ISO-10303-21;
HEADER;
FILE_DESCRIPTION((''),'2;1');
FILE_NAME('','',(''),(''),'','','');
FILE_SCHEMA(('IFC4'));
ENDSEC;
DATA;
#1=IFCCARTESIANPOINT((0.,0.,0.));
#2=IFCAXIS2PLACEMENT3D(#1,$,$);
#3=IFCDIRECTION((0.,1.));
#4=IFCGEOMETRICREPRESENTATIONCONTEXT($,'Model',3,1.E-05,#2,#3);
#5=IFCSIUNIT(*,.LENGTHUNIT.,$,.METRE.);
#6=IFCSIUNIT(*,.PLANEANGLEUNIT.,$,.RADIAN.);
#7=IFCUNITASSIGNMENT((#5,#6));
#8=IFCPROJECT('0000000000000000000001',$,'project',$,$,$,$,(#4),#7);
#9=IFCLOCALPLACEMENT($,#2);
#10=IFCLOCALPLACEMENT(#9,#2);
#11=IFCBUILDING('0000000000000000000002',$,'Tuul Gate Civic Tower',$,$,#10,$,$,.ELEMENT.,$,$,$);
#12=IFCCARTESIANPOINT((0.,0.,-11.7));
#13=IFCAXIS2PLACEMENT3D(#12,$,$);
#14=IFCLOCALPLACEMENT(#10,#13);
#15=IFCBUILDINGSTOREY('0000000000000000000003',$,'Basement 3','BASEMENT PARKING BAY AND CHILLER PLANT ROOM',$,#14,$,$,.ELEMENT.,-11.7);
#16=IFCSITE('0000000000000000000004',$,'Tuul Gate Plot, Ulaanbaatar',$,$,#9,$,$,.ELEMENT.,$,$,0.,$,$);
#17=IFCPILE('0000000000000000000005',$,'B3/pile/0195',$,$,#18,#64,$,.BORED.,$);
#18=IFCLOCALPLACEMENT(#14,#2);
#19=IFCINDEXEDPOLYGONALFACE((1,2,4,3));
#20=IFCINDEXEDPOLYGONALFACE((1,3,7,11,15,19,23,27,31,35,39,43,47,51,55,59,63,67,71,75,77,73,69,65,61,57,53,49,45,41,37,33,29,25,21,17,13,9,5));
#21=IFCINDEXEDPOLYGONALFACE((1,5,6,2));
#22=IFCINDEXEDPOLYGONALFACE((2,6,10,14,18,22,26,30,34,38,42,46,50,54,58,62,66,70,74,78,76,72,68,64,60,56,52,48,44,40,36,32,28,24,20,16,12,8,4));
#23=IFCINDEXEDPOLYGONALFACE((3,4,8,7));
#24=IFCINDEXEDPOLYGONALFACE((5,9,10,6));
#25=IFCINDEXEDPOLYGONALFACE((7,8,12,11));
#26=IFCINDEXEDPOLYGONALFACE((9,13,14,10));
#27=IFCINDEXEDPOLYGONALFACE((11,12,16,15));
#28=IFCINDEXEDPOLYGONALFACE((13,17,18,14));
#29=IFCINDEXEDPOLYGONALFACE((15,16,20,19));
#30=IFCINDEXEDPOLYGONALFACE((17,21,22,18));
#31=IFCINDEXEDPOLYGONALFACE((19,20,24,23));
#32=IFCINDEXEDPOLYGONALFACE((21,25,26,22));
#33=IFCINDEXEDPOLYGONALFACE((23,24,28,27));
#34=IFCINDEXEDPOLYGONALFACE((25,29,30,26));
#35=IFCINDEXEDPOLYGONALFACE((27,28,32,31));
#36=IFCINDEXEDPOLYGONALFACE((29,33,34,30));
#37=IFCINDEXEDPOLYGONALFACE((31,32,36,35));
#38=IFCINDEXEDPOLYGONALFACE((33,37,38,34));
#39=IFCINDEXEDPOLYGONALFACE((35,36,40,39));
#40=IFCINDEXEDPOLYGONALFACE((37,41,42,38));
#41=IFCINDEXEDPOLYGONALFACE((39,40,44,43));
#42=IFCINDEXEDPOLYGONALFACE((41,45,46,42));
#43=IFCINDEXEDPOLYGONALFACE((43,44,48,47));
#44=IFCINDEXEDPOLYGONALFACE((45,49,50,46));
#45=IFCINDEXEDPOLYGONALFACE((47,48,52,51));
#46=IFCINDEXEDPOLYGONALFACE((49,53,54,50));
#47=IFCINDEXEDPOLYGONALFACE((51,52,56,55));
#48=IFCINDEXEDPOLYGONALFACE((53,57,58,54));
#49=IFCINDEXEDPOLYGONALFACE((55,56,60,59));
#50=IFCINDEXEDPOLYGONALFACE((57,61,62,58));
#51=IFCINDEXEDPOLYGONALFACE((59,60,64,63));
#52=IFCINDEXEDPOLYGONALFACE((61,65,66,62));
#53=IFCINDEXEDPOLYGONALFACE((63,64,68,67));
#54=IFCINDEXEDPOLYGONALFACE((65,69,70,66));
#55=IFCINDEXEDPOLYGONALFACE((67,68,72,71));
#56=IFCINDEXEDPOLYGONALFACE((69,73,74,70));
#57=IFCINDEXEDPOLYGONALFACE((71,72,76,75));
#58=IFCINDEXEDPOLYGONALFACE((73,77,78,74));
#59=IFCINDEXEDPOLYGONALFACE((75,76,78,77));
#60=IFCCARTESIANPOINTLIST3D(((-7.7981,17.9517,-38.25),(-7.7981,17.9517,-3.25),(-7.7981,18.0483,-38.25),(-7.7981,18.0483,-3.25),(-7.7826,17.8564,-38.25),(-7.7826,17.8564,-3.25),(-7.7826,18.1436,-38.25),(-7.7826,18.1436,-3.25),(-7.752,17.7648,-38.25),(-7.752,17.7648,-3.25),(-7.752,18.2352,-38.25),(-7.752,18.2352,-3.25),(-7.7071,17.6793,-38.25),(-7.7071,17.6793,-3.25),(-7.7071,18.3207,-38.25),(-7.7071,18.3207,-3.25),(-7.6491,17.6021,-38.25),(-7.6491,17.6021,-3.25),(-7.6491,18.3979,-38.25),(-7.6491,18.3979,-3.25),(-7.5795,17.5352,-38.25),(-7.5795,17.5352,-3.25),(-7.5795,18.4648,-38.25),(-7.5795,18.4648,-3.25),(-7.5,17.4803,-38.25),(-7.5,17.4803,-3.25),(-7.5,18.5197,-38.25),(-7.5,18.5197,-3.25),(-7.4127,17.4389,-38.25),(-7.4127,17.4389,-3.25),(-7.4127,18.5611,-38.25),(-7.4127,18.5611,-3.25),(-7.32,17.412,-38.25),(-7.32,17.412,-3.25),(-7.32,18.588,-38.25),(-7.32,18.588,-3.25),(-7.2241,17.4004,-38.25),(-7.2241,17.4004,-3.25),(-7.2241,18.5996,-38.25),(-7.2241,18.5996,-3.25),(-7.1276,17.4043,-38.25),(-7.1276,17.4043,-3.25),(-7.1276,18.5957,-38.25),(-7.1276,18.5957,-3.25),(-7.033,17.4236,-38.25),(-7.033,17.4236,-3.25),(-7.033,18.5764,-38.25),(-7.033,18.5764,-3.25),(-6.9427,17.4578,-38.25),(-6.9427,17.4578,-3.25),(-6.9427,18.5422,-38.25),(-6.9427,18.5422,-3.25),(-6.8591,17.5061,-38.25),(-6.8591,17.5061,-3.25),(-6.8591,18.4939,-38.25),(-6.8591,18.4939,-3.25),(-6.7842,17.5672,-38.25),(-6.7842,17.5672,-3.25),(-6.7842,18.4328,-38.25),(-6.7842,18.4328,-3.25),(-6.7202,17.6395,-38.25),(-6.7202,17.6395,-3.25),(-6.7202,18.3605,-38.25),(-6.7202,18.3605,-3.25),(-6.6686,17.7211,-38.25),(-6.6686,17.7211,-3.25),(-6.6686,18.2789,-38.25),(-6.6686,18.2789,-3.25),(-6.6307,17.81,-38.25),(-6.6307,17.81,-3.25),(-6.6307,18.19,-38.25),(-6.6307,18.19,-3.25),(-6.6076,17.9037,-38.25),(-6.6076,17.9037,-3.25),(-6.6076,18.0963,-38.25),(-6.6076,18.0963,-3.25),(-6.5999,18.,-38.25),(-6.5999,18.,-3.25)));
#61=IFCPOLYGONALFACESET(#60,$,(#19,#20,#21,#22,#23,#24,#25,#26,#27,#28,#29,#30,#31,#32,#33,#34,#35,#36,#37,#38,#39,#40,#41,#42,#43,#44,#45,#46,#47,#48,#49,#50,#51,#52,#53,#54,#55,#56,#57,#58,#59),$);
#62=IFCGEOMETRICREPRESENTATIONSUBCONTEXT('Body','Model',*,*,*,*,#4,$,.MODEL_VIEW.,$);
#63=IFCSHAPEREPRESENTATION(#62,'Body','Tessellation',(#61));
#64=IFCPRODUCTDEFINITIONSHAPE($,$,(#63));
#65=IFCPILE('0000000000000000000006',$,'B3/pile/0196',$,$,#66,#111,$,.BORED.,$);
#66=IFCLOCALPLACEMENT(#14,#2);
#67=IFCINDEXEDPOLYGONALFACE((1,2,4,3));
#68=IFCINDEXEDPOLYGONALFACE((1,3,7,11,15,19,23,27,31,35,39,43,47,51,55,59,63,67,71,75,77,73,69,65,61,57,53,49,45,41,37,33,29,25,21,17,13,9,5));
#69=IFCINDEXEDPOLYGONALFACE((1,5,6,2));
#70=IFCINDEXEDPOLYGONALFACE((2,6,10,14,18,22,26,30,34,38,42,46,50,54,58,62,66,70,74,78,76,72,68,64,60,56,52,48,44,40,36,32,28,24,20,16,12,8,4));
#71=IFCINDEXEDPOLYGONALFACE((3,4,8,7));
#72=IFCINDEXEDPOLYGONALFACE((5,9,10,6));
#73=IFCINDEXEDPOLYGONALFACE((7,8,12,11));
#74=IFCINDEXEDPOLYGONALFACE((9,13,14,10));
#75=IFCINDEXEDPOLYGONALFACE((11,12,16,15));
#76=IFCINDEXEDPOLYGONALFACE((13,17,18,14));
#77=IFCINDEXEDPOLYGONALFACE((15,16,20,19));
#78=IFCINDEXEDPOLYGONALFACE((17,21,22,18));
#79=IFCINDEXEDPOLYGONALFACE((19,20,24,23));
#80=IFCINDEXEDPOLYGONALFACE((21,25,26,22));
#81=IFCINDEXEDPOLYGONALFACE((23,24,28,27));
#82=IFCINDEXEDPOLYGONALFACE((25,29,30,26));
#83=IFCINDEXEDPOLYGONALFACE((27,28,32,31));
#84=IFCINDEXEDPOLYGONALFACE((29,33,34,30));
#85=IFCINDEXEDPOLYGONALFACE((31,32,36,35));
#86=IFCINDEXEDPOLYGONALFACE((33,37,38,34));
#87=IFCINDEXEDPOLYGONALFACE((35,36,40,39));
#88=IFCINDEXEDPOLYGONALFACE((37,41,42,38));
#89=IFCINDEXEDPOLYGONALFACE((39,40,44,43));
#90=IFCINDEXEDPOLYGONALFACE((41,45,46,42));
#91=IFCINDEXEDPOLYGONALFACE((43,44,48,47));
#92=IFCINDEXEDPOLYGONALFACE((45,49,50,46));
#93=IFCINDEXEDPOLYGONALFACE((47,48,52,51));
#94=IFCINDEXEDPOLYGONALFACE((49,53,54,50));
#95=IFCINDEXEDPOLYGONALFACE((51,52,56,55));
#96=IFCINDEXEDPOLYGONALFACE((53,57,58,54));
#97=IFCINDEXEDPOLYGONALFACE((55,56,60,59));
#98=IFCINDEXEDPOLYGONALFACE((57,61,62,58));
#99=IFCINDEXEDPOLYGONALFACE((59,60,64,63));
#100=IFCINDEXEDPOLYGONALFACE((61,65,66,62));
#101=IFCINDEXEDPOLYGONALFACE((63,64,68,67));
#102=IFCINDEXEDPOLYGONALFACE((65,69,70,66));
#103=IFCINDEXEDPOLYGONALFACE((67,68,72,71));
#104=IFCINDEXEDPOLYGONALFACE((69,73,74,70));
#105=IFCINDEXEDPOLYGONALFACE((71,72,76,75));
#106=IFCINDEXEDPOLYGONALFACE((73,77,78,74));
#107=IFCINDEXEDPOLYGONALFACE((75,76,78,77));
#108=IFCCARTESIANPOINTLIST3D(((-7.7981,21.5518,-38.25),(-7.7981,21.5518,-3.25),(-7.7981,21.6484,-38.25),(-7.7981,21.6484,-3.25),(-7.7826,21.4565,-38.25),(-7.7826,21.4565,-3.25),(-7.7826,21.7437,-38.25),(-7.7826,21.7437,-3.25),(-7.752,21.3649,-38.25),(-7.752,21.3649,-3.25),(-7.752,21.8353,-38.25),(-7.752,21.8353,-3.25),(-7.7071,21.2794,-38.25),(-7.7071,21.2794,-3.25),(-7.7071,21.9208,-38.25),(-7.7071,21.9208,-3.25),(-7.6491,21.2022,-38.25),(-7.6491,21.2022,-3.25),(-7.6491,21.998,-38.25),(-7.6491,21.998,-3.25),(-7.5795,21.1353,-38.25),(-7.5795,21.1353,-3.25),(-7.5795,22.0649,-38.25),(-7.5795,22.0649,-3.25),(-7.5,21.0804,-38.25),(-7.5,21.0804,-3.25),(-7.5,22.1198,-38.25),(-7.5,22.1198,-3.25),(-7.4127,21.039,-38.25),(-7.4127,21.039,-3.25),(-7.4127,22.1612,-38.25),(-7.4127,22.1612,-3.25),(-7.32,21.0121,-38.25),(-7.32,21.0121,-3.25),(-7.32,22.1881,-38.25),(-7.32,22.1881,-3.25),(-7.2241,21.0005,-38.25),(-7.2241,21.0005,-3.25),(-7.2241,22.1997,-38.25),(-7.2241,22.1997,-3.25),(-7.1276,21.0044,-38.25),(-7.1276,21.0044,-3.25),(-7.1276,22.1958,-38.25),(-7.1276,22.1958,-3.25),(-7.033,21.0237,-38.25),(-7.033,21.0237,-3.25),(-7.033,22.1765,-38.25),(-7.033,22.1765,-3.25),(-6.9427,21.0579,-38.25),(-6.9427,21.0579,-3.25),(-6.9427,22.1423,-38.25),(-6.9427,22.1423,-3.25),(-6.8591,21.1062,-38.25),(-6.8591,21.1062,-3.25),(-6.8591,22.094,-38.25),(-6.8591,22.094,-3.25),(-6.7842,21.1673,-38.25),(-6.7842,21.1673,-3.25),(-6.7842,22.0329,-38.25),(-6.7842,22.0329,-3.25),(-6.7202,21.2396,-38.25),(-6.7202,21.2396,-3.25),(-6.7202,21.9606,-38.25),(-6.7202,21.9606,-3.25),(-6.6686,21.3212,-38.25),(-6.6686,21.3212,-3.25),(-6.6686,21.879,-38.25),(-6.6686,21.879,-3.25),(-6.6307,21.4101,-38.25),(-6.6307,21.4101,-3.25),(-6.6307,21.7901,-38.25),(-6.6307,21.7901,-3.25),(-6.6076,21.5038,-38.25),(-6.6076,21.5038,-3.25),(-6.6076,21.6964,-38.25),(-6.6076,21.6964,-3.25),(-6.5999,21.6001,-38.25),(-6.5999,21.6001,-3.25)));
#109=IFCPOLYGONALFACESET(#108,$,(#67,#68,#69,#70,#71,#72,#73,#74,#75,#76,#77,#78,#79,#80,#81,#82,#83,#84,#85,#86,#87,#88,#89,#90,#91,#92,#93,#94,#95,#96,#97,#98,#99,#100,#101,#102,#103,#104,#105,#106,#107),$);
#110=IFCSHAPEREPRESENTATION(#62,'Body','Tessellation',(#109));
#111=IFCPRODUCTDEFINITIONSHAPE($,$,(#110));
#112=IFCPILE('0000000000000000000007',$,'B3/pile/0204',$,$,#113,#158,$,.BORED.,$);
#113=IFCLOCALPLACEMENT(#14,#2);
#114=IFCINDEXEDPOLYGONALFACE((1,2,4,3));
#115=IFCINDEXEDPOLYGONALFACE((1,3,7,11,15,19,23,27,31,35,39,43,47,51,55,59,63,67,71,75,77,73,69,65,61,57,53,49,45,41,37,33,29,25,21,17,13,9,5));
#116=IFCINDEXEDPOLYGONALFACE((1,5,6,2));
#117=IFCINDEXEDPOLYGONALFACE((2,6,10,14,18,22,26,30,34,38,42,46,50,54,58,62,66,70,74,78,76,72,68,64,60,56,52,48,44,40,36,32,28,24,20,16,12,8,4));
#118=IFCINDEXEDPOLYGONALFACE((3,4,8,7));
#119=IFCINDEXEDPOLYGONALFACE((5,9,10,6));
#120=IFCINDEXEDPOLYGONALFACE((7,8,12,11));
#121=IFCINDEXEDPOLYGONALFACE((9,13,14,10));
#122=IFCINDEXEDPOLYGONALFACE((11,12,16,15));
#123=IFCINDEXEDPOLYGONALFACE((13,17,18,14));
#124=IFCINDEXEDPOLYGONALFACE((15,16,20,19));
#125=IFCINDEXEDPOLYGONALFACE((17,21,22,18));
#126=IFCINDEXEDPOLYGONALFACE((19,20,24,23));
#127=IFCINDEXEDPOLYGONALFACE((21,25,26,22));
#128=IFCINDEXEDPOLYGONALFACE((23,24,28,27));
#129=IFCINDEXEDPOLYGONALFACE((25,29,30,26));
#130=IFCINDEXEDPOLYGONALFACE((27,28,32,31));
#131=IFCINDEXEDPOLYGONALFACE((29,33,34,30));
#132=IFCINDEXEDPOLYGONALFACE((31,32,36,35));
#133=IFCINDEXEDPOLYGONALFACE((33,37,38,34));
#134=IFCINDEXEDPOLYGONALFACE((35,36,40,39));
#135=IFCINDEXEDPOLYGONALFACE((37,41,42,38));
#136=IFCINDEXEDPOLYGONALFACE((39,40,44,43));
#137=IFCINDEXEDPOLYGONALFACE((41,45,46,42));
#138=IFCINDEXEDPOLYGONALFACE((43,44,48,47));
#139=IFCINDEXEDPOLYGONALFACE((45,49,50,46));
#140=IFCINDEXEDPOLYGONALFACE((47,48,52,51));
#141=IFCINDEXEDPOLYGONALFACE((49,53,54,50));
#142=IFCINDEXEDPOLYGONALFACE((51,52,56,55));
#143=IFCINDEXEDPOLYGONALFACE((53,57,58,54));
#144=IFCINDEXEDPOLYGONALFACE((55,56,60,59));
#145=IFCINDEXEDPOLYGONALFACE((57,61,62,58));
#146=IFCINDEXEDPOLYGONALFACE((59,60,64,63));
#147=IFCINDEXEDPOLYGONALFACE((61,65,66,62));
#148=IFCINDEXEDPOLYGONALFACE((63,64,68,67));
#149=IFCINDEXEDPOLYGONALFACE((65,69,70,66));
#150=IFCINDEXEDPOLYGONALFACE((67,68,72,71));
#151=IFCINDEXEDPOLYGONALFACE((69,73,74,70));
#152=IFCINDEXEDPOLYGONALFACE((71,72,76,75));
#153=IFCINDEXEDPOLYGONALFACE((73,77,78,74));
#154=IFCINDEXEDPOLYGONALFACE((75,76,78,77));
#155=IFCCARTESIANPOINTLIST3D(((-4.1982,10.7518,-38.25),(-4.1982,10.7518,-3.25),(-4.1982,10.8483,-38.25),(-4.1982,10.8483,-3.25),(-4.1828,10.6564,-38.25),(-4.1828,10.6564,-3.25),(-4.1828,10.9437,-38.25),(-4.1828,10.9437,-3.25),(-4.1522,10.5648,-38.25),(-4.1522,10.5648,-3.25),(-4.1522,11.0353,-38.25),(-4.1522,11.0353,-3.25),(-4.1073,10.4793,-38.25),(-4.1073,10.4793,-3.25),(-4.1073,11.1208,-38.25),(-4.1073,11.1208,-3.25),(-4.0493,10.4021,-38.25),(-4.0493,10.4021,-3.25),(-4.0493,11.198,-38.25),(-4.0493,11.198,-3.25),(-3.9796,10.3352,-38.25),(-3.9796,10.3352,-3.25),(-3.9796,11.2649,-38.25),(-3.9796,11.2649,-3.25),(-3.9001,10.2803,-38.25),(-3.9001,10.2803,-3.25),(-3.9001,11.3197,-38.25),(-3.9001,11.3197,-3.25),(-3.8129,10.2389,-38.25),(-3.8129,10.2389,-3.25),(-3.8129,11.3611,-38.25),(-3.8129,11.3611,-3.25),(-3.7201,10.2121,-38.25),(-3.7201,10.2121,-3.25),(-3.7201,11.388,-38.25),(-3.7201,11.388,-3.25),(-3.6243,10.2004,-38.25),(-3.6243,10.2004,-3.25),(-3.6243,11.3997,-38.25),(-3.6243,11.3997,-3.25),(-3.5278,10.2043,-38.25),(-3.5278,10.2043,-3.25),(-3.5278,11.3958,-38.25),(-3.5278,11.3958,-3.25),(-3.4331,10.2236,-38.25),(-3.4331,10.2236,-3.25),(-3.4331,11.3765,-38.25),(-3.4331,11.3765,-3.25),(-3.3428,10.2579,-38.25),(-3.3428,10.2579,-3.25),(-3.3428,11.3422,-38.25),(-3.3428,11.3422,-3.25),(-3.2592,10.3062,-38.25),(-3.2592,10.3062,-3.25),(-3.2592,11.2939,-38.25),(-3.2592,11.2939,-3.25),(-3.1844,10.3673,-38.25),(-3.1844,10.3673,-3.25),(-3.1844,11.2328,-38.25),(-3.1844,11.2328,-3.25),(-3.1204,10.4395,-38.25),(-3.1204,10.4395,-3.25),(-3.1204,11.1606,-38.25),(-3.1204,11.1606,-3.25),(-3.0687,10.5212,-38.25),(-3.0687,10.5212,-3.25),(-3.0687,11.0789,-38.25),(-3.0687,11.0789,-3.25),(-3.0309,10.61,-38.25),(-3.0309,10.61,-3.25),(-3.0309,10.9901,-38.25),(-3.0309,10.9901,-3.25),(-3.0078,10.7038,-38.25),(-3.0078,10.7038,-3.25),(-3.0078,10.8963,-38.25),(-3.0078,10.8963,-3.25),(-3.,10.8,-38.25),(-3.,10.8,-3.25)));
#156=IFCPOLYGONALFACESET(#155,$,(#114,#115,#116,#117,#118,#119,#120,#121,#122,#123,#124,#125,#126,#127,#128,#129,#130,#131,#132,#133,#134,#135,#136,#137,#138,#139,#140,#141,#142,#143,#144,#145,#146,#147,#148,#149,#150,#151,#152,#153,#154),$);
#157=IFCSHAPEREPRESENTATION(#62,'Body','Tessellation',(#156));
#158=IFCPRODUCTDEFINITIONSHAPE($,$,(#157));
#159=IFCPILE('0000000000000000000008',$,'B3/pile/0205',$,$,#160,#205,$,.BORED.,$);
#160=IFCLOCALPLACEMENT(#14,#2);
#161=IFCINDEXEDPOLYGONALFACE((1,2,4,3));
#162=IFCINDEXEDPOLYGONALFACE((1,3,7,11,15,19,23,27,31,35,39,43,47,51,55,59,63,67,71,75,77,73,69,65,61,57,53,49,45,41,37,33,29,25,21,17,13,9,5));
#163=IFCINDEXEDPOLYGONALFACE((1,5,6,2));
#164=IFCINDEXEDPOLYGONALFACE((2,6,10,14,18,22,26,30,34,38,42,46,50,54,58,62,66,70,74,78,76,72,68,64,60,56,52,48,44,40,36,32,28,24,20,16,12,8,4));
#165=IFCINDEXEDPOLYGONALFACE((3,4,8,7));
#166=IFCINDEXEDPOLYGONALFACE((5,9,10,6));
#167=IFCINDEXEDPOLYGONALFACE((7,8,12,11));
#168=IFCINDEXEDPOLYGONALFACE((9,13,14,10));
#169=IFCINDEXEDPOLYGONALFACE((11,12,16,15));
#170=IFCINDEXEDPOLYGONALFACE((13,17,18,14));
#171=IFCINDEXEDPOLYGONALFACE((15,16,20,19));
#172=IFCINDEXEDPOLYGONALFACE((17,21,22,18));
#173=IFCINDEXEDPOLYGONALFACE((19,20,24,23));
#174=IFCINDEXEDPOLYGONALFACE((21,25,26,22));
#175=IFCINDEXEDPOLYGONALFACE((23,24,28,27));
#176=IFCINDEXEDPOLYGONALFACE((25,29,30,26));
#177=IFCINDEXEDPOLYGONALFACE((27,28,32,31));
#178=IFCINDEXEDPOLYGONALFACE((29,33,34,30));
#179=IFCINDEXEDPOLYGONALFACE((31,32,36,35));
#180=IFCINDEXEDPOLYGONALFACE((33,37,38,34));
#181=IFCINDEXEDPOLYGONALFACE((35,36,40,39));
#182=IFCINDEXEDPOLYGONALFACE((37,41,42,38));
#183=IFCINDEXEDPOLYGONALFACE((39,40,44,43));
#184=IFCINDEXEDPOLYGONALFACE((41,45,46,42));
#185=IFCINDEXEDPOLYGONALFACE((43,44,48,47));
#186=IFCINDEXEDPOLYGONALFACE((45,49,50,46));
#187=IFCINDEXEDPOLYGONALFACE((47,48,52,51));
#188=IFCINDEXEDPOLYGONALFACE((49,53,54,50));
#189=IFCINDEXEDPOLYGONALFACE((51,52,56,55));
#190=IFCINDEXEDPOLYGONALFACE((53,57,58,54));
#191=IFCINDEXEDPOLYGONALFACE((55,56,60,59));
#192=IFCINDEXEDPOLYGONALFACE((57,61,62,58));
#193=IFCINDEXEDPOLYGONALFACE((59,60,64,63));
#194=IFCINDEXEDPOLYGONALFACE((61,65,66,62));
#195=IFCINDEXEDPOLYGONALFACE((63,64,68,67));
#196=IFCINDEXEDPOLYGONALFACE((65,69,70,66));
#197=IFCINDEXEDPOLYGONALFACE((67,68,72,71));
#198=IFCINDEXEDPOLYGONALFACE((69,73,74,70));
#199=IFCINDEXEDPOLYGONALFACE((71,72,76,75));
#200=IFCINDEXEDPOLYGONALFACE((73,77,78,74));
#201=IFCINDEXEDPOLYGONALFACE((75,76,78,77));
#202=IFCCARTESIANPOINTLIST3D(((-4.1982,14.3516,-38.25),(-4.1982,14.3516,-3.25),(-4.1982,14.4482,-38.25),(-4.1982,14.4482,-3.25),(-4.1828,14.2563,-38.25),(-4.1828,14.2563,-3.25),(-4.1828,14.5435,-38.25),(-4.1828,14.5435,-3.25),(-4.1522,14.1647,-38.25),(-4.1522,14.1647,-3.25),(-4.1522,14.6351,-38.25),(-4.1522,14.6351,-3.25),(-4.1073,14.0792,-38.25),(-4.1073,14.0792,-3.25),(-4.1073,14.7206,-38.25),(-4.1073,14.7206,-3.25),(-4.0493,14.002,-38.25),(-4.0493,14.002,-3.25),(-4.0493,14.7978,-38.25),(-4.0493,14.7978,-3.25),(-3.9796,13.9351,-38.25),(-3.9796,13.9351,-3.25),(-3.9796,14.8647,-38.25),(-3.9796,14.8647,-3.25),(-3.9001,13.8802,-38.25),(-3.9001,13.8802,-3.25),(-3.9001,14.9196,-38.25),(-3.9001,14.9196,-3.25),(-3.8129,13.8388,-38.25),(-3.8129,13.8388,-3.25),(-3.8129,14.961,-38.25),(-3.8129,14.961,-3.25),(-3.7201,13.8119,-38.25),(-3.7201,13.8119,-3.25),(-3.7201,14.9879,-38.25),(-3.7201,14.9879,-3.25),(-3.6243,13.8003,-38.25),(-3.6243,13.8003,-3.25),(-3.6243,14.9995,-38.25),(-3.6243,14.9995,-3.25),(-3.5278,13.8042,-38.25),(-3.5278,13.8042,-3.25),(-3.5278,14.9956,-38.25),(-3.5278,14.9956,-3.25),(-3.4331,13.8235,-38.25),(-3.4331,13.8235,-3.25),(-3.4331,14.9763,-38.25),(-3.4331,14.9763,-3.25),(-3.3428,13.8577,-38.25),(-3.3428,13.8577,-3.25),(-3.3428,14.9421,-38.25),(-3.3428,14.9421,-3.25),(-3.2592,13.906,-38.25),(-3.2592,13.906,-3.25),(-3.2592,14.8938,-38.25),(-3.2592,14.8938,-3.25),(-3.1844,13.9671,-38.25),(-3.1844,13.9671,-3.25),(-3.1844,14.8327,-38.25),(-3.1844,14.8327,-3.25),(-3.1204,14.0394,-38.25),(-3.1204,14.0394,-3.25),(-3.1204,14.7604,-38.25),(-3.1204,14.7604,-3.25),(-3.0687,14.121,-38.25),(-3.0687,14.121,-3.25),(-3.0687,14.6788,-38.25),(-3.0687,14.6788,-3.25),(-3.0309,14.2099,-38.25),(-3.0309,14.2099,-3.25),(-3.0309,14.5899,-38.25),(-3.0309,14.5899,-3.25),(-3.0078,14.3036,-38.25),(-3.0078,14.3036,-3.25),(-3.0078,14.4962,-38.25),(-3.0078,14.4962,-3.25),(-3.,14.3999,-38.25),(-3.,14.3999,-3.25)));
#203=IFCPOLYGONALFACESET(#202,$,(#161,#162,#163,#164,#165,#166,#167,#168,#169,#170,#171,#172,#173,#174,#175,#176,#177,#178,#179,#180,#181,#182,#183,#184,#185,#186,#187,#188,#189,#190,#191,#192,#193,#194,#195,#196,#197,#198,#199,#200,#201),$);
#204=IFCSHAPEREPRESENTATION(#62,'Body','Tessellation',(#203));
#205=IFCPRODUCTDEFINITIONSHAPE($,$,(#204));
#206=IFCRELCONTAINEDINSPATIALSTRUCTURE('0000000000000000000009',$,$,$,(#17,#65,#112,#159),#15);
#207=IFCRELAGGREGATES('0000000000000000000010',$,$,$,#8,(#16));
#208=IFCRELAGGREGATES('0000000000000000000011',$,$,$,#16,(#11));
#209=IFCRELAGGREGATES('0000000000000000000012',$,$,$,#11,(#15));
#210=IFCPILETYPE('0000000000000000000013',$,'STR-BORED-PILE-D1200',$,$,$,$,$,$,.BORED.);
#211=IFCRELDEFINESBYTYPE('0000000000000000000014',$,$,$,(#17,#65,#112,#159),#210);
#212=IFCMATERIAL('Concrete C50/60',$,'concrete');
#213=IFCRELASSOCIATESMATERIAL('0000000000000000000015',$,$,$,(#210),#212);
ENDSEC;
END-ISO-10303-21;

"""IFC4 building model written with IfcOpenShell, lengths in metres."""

from ifc_helpers import new_model, si_unit, direction, frame, origin, origin_2d, place, context, subcontext, project, spatial, circle, extrude, material, material_profile, profile_set, type_object, element, save


model = new_model("IFC4")

# Units and contexts
model_context = context("Model", 3, precision=1e-05, world=origin(), true_north=direction((0.0, 1.0)))
body_context = subcontext(model_context, "Body", "Model", "MODEL_VIEW")
ifc_project = project(units=[si_unit("LENGTHUNIT", "METRE"), si_unit("PLANEANGLEUNIT", "RADIAN")], contexts=[model_context])

# Site, building, storey
site_placement = place(None, origin())
site = spatial("IfcSite", under=ifc_project, at=site_placement, Name="Tuul Gate Plot, Ulaanbaatar", CompositionType="ELEMENT", RefElevation=0.0)
building_placement = place(site_placement, origin())
building = spatial("IfcBuilding", under=site, at=building_placement, Name="Tuul Gate Civic Tower", CompositionType="ELEMENT")
storey_placement = place(building_placement, frame((0.0, 0.0, -11.7)))
storey = spatial("IfcBuildingStorey", under=building, at=storey_placement, Name="Basement 3", Description="BASEMENT PARKING BAY AND CHILLER PLANT ROOM", CompositionType="ELEMENT", Elevation=-11.7)

# Piles
ifc_material_1 = material(Name="Concrete C50/60", Category="concrete")
ifc_material_profile_1 = material_profile(ifc_material_1, circle(Radius=0.6001, at=origin_2d()), Name="PILE1200")
ifc_profile_set_1 = profile_set([ifc_material_profile_1], Name="Concrete C50/60")
pile_type = type_object("IfcPileType", Name="STR-BORED-PILE-D1200", PredefinedType="BORED", material=ifc_profile_set_1)
for number, where, z_axis, x_axis, name in (
    (1, (-7.2, 18.0, -3.25), (0.0, 0.0, -1.0), (1.0, 0.0, 0.0), "B3/pile/0195"),
    (2, (-7.2, 21.6001, -3.25), (0.0, 0.0, -1.0), (1.0, 0.0, 0.0), "B3/pile/0196"),
    (3, (-3.6001, 10.8, -3.25), (0.0, 0.0, -1.0), (1.0, 0.0, 0.0), "B3/pile/0204"),
    (4, (-3.6001, 14.3999, -3.25), (0.0, 0.0, -1.0), (1.0, 0.0, 0.0), "B3/pile/0205"),
):
    element("IfcPile", number, at=place(storey_placement, frame(where, z_axis=z_axis, x_axis=x_axis)), inside=storey, type_object=pile_type, Name=name, PredefinedType="BORED", context=body_context, shape_type="SweptSolid", body=[
        extrude(circle(Radius=0.6001, at=origin_2d()), origin(), (0.0, 0.0, 1.0), 35.0),
    ])

save(model, "model.ifc")
